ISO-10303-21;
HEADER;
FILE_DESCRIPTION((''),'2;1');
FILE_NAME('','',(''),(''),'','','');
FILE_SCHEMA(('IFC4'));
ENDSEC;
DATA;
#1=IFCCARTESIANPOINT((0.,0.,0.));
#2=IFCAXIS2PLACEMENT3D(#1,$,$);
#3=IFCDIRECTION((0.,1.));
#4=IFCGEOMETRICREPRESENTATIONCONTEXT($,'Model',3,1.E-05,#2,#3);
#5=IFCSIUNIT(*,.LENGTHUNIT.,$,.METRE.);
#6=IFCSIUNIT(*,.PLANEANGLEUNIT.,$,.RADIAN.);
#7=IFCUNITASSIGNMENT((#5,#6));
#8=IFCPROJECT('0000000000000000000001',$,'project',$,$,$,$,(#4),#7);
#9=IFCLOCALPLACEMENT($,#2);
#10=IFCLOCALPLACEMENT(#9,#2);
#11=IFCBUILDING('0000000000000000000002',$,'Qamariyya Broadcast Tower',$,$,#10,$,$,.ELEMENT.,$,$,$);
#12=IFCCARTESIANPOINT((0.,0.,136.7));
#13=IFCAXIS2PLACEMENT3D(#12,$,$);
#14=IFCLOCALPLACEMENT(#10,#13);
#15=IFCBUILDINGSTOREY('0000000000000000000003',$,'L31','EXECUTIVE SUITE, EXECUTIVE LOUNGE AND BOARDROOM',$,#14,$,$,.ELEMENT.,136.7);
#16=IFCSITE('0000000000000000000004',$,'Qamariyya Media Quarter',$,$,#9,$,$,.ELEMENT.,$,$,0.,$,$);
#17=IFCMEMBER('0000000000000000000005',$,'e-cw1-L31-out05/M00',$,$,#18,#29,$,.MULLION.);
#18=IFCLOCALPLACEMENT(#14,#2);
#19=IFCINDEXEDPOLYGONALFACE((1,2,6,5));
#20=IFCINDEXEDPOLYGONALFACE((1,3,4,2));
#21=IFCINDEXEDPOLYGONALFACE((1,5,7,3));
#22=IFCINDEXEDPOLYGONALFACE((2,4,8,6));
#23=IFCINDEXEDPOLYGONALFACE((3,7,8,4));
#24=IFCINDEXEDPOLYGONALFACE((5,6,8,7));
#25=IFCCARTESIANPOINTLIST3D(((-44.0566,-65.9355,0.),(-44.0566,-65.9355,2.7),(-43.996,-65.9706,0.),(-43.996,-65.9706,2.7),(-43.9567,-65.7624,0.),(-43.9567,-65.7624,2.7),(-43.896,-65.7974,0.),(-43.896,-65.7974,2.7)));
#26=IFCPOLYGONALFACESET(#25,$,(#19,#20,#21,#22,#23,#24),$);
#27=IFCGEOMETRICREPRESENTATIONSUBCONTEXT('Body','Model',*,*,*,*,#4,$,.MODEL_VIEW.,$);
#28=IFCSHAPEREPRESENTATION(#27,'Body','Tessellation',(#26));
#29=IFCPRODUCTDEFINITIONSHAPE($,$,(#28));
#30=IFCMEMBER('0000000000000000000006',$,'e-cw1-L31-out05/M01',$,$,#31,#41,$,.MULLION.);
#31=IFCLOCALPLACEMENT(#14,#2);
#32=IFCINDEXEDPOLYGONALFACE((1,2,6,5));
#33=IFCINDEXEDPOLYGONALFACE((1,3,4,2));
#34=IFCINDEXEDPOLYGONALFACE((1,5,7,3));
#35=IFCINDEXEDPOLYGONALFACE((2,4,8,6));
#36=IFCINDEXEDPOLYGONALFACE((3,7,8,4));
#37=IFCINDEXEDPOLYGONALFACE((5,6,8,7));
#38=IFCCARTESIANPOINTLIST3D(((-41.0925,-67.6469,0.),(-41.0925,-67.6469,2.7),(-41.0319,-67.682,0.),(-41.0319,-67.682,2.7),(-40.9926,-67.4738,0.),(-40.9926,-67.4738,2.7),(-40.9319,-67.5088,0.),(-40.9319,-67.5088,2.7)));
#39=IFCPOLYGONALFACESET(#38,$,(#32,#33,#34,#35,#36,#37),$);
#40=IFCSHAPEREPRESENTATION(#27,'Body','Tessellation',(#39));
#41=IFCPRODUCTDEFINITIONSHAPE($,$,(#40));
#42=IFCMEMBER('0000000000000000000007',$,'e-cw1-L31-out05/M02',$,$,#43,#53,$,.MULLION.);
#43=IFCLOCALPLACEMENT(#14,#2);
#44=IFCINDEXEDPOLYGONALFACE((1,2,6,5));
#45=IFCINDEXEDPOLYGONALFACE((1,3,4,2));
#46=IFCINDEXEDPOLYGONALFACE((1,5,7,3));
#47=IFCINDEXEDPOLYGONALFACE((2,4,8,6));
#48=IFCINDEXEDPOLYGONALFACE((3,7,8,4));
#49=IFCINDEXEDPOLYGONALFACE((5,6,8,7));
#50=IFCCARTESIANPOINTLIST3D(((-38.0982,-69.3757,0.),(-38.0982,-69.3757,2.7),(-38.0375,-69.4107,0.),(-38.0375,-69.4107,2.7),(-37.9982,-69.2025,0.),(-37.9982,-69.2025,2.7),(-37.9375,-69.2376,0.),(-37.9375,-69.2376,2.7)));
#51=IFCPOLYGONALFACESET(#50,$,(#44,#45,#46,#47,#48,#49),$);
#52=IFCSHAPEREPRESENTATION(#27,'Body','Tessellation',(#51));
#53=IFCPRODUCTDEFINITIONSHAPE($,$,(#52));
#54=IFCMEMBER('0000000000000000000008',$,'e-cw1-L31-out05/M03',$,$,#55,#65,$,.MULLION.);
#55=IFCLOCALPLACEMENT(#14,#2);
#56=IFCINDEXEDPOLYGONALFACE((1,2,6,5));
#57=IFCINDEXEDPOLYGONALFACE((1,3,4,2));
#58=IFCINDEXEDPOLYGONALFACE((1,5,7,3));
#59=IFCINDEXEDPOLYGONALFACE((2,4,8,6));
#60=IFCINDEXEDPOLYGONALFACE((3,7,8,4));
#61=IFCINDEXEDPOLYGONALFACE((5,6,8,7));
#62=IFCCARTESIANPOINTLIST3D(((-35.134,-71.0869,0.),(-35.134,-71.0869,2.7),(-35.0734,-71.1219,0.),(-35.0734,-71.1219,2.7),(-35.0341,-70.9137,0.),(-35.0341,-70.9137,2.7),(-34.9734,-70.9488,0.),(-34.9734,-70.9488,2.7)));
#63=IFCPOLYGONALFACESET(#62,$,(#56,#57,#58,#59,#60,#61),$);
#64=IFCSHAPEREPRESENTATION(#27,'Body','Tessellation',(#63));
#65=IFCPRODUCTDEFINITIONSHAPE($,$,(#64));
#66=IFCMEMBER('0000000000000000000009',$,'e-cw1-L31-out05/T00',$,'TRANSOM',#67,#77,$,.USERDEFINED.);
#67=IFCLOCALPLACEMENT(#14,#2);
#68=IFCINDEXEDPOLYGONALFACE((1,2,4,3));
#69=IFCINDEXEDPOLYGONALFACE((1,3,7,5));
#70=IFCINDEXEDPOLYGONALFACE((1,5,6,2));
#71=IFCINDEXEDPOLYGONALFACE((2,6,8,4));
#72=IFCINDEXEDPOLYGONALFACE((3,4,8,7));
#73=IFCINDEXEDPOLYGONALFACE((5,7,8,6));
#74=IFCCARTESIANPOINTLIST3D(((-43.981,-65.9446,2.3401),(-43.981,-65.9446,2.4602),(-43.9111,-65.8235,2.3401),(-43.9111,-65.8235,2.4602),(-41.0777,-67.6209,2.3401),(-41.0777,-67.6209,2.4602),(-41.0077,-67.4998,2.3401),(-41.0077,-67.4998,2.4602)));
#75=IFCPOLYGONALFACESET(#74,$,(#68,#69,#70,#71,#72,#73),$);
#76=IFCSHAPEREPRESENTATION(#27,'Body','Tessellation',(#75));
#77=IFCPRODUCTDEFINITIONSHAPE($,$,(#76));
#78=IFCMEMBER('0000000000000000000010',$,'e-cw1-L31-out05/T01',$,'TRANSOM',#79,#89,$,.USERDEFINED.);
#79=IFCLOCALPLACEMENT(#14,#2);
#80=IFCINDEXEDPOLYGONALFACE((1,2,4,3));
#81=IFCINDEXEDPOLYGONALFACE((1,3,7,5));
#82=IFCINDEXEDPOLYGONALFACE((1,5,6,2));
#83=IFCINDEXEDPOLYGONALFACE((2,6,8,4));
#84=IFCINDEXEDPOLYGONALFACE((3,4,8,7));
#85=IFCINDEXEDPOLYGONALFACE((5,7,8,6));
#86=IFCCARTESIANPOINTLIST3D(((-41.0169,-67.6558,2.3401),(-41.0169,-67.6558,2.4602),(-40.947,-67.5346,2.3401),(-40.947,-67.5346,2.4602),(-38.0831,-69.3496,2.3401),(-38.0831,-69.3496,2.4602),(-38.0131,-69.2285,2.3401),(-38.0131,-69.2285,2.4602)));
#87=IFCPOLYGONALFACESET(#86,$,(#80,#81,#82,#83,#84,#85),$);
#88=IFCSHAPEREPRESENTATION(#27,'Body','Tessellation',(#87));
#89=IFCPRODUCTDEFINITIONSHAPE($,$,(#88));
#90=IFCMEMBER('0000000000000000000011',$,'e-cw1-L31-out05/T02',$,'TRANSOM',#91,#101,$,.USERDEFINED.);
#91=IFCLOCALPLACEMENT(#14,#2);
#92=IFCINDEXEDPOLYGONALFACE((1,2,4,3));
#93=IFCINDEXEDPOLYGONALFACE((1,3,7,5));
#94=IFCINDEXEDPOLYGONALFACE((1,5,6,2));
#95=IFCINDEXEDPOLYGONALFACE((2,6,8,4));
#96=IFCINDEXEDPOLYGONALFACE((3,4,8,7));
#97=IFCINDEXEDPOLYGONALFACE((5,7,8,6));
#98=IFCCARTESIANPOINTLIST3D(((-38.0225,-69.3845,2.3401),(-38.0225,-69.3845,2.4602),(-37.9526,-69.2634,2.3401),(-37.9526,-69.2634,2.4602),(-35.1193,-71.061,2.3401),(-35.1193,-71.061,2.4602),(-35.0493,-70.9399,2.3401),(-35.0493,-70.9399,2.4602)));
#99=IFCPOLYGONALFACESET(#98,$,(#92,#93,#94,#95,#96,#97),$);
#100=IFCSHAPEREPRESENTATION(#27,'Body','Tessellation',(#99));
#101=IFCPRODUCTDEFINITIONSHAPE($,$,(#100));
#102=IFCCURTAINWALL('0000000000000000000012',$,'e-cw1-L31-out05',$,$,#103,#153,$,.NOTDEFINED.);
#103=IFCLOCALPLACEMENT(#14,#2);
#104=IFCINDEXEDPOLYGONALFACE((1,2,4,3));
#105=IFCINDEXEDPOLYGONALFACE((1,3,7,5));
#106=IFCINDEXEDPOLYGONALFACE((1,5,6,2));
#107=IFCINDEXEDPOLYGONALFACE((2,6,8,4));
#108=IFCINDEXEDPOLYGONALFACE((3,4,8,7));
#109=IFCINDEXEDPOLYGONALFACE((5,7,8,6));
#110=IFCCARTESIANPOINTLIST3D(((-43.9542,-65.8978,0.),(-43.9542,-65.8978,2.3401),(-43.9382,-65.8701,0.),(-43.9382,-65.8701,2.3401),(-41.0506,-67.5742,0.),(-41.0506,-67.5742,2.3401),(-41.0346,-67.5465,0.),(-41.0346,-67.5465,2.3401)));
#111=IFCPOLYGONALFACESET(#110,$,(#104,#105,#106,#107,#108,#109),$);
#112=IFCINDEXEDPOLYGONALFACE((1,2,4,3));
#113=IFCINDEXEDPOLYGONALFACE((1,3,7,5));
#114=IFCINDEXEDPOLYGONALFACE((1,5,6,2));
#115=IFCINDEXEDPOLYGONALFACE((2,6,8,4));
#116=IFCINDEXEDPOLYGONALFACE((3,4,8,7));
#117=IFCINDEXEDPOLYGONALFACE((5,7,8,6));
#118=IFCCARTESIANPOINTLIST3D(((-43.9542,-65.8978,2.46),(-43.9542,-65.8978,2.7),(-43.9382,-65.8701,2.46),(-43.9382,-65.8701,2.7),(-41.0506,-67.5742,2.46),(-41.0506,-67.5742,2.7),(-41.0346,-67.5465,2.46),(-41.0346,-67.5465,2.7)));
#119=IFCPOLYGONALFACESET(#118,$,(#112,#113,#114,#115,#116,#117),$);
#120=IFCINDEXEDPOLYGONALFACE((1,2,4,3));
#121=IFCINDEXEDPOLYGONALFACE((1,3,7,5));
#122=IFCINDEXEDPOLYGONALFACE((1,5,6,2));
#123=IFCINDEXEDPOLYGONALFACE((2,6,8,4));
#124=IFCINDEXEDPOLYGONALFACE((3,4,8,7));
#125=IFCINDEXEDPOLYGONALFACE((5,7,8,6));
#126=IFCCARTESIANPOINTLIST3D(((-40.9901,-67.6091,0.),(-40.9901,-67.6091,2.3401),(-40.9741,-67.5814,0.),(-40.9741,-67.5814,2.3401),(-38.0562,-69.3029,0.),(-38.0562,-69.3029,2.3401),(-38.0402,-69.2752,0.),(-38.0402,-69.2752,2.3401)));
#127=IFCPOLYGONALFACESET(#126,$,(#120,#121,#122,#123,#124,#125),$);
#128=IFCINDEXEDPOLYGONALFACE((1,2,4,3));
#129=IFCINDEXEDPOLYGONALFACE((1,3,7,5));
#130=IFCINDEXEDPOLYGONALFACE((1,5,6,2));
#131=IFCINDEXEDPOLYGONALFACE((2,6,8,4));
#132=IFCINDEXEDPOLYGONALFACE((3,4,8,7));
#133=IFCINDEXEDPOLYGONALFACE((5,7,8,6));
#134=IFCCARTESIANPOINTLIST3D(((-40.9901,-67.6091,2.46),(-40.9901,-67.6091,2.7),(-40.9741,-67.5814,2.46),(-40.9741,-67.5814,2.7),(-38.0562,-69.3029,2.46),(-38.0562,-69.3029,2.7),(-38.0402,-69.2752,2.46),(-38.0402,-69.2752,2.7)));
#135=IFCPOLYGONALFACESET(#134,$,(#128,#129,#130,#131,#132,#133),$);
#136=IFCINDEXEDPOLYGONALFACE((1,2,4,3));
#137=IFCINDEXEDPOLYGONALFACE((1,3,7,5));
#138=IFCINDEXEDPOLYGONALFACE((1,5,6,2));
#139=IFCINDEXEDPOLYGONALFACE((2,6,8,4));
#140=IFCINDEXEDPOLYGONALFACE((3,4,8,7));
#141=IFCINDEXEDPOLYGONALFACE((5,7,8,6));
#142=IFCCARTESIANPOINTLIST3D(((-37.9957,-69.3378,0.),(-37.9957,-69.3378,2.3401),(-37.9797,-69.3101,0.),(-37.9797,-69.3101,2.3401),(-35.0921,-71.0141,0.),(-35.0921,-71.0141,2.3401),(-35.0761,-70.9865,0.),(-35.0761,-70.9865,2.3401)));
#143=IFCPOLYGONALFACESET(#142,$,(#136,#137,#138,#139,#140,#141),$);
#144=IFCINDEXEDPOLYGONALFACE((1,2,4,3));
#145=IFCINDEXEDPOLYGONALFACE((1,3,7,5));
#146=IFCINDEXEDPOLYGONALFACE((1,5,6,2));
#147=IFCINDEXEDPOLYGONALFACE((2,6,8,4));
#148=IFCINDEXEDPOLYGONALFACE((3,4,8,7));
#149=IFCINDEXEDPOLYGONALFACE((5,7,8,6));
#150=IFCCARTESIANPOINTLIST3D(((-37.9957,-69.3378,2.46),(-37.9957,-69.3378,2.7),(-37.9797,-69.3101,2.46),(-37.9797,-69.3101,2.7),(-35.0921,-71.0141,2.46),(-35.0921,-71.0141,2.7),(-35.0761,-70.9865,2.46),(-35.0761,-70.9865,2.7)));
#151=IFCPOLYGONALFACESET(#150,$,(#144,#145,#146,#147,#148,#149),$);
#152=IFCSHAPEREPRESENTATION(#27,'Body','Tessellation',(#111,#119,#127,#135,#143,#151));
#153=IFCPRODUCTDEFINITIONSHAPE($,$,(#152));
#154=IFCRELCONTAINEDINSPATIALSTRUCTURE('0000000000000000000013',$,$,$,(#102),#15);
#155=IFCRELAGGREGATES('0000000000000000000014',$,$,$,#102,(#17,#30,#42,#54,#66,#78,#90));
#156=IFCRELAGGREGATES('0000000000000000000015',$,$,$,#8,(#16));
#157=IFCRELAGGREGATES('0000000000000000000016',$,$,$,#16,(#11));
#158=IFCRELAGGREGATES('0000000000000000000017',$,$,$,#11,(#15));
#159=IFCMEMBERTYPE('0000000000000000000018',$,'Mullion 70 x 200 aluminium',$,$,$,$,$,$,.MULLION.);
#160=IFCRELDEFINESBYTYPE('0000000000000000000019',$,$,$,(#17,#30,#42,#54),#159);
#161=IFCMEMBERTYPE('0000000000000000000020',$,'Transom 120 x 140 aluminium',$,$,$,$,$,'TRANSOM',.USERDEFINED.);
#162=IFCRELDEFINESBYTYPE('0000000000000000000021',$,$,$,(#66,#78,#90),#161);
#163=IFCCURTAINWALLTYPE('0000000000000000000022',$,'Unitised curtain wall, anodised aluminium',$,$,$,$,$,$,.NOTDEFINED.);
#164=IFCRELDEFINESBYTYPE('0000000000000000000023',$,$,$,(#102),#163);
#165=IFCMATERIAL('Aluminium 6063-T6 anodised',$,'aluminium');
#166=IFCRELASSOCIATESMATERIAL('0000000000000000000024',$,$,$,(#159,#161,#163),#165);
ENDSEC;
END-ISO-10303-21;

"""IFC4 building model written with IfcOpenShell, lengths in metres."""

from ifc_helpers import new_model, si_unit, direction, frame, origin, origin_2d, place, context, subcontext, project, spatial, rectangle, extrude, material, material_profile, profile_set, type_object, element, aggregate, save


model = new_model("IFC4")

# Units and contexts
model_context = context("Model", 3, precision=1e-05, world=origin(), true_north=direction((0.0, 1.0)))
body_context = subcontext(model_context, "Body", "Model", "MODEL_VIEW")
ifc_project = project(units=[si_unit("LENGTHUNIT", "METRE"), si_unit("PLANEANGLEUNIT", "RADIAN")], contexts=[model_context])

# Members
ifc_material = material(Name="Aluminium 6063-T6 anodised", Category="aluminium")
ifc_material_profile_1 = material_profile(ifc_material, rectangle(XDim=0.2, YDim=0.0701, at=origin_2d()))
ifc_profile_set_1 = profile_set([ifc_material_profile_1], Name="Aluminium 6063-T6 anodised")
member_type_1 = type_object("IfcMemberType", Name="Mullion 70 x 200 aluminium", PredefinedType="MULLION", material=ifc_profile_set_1)
site_placement = place(None, origin())
building_placement = place(site_placement, origin())
storey_placement = place(building_placement, frame((0.0, 0.0, 136.7)))
member_1_placement = place(storey_placement, frame((-43.9763, -65.8665, 0.0), z_axis=(0.0, 0.0, 1.0), x_axis=(0.5, 0.866025, 0.0)))
member_1 = element("IfcMember", 1, at=member_1_placement, type_object=member_type_1, Name="e-cw1-L31-out05/M00", PredefinedType="MULLION", context=body_context, shape_type="SweptSolid", body=[
    extrude(rectangle(XDim=0.2, YDim=0.0701, at=origin_2d()), origin(), (0.0, 0.0, 1.0), 2.7),
])
member_2_placement = place(storey_placement, frame((-41.0122, -67.5779, 0.0), z_axis=(0.0, 0.0, 1.0), x_axis=(0.5, 0.866025, 0.0)))
member_2 = element("IfcMember", 2, at=member_2_placement, type_object=member_type_1, Name="e-cw1-L31-out05/M01", PredefinedType="MULLION", context=body_context, shape_type="SweptSolid", body=[
    extrude(rectangle(XDim=0.2, YDim=0.0701, at=origin_2d()), origin(), (0.0, 0.0, 1.0), 2.7),
])
member_3_placement = place(storey_placement, frame((-38.0178, -69.3066, 0.0), z_axis=(0.0, 0.0, 1.0), x_axis=(0.5, 0.866025, 0.0)))
member_3 = element("IfcMember", 3, at=member_3_placement, type_object=member_type_1, Name="e-cw1-L31-out05/M02", PredefinedType="MULLION", context=body_context, shape_type="SweptSolid", body=[
    extrude(rectangle(XDim=0.2, YDim=0.0701, at=origin_2d()), origin(), (0.0, 0.0, 1.0), 2.7),
])
member_4_placement = place(storey_placement, frame((-35.0537, -71.0178, 0.0), z_axis=(0.0, 0.0, 1.0), x_axis=(0.5, 0.866025, 0.0)))
member_4 = element("IfcMember", 4, at=member_4_placement, type_object=member_type_1, Name="e-cw1-L31-out05/M03", PredefinedType="MULLION", context=body_context, shape_type="SweptSolid", body=[
    extrude(rectangle(XDim=0.2, YDim=0.0701, at=origin_2d()), origin(), (0.0, 0.0, 1.0), 2.7),
])
ifc_material_profile_2 = material_profile(ifc_material, rectangle(XDim=0.1399, YDim=0.1201, at=origin_2d()))
ifc_profile_set_2 = profile_set([ifc_material_profile_2], Name="Aluminium 6063-T6 anodised")
member_type_2 = type_object("IfcMemberType", Name="Transom 120 x 140 aluminium", ElementType="TRANSOM", PredefinedType="USERDEFINED", material=ifc_profile_set_2)
member_5_placement = place(storey_placement, frame((-43.946, -65.884, 2.4001), z_axis=(0.866021, -0.500008, 0.0), x_axis=(0.500008, 0.866021, 0.0)))
member_5 = element("IfcMember", 5, at=member_5_placement, type_object=member_type_2, Name="e-cw1-L31-out05/T00", ObjectType="TRANSOM", PredefinedType="USERDEFINED", context=body_context, shape_type="SweptSolid", body=[
    extrude(rectangle(XDim=0.1399, YDim=0.1201, at=origin_2d()), origin(), (0.0, 0.0, 1.0), 3.3525),
])
member_6_placement = place(storey_placement, frame((-40.9819, -67.5952, 2.4001), z_axis=(0.866026, -0.499999, 0.0), x_axis=(0.499999, 0.866026, 0.0)))
member_6 = element("IfcMember", 6, at=member_6_placement, type_object=member_type_2, Name="e-cw1-L31-out05/T01", ObjectType="TRANSOM", PredefinedType="USERDEFINED", context=body_context, shape_type="SweptSolid", body=[
    extrude(rectangle(XDim=0.1399, YDim=0.1201, at=origin_2d()), origin(), (0.0, 0.0, 1.0), 3.3877),
])
member_7_placement = place(storey_placement, frame((-37.9875, -69.324, 2.4001), z_axis=(0.865989, -0.500063, 0.0), x_axis=(0.500063, 0.865989, 0.0)))
member_7 = element("IfcMember", 7, at=member_7_placement, type_object=member_type_2, Name="e-cw1-L31-out05/T02", ObjectType="TRANSOM", PredefinedType="USERDEFINED", context=body_context, shape_type="SweptSolid", body=[
    extrude(rectangle(XDim=0.1399, YDim=0.1201, at=origin_2d()), origin(), (0.0, 0.0, 1.0), 3.3525),
])

# Site, building, storey
site = spatial("IfcSite", under=ifc_project, at=site_placement, Name="Qamariyya Media Quarter", CompositionType="ELEMENT", RefElevation=0.0)
building = spatial("IfcBuilding", under=site, at=building_placement, Name="Qamariyya Broadcast Tower", CompositionType="ELEMENT")
storey = spatial("IfcBuildingStorey", under=building, at=storey_placement, Name="L31", Description="EXECUTIVE SUITE, EXECUTIVE LOUNGE AND BOARDROOM", CompositionType="ELEMENT", Elevation=136.7)

# Curtain wall
curtain_wall_type = type_object("IfcCurtainWallType", Name="Unitised curtain wall, anodised aluminium", PredefinedType="NOTDEFINED", material=ifc_material)
curtain_wall_1_placement = place(storey_placement, origin())
curtain_wall_1 = element("IfcCurtainWall", 8, at=curtain_wall_1_placement, inside=storey, type_object=curtain_wall_type, Name="e-cw1-L31-out05", PredefinedType="NOTDEFINED", context=body_context, shape_type="SweptSolid", body=[
    extrude(rectangle(XDim=3.3528, YDim=0.032, at=origin_2d()), frame((-42.4944, -66.7222, 0.0), x_axis=(0.866027, -0.499997, 0.0)), (0.0, 0.0, 1.0), 2.3401),
    extrude(rectangle(XDim=3.3528, YDim=0.032, at=origin_2d()), frame((-42.4944, -66.7222, 2.46), x_axis=(0.866027, -0.499997, 0.0)), (0.0, 0.0, 1.0), 0.24),
    extrude(rectangle(XDim=3.3877, YDim=0.032, at=origin_2d()), frame((-39.5151, -68.4421, 0.0), x_axis=(0.866027, -0.499997, 0.0)), (0.0, 0.0, 1.0), 2.3401),
    extrude(rectangle(XDim=3.3877, YDim=0.032, at=origin_2d()), frame((-39.5151, -68.4421, 2.46), x_axis=(0.866027, -0.499997, 0.0)), (0.0, 0.0, 1.0), 0.24),
    extrude(rectangle(XDim=3.3528, YDim=0.032, at=origin_2d()), frame((-36.5359, -70.1621, 0.0), x_axis=(0.866027, -0.499997, 0.0)), (0.0, 0.0, 1.0), 2.3401),
    extrude(rectangle(XDim=3.3528, YDim=0.032, at=origin_2d()), frame((-36.5359, -70.1621, 2.46), x_axis=(0.866027, -0.499997, 0.0)), (0.0, 0.0, 1.0), 0.24),
])
aggregate(curtain_wall_1, [member_1, member_2, member_3, member_4, member_5, member_6, member_7])

save(model, "model.ifc")
